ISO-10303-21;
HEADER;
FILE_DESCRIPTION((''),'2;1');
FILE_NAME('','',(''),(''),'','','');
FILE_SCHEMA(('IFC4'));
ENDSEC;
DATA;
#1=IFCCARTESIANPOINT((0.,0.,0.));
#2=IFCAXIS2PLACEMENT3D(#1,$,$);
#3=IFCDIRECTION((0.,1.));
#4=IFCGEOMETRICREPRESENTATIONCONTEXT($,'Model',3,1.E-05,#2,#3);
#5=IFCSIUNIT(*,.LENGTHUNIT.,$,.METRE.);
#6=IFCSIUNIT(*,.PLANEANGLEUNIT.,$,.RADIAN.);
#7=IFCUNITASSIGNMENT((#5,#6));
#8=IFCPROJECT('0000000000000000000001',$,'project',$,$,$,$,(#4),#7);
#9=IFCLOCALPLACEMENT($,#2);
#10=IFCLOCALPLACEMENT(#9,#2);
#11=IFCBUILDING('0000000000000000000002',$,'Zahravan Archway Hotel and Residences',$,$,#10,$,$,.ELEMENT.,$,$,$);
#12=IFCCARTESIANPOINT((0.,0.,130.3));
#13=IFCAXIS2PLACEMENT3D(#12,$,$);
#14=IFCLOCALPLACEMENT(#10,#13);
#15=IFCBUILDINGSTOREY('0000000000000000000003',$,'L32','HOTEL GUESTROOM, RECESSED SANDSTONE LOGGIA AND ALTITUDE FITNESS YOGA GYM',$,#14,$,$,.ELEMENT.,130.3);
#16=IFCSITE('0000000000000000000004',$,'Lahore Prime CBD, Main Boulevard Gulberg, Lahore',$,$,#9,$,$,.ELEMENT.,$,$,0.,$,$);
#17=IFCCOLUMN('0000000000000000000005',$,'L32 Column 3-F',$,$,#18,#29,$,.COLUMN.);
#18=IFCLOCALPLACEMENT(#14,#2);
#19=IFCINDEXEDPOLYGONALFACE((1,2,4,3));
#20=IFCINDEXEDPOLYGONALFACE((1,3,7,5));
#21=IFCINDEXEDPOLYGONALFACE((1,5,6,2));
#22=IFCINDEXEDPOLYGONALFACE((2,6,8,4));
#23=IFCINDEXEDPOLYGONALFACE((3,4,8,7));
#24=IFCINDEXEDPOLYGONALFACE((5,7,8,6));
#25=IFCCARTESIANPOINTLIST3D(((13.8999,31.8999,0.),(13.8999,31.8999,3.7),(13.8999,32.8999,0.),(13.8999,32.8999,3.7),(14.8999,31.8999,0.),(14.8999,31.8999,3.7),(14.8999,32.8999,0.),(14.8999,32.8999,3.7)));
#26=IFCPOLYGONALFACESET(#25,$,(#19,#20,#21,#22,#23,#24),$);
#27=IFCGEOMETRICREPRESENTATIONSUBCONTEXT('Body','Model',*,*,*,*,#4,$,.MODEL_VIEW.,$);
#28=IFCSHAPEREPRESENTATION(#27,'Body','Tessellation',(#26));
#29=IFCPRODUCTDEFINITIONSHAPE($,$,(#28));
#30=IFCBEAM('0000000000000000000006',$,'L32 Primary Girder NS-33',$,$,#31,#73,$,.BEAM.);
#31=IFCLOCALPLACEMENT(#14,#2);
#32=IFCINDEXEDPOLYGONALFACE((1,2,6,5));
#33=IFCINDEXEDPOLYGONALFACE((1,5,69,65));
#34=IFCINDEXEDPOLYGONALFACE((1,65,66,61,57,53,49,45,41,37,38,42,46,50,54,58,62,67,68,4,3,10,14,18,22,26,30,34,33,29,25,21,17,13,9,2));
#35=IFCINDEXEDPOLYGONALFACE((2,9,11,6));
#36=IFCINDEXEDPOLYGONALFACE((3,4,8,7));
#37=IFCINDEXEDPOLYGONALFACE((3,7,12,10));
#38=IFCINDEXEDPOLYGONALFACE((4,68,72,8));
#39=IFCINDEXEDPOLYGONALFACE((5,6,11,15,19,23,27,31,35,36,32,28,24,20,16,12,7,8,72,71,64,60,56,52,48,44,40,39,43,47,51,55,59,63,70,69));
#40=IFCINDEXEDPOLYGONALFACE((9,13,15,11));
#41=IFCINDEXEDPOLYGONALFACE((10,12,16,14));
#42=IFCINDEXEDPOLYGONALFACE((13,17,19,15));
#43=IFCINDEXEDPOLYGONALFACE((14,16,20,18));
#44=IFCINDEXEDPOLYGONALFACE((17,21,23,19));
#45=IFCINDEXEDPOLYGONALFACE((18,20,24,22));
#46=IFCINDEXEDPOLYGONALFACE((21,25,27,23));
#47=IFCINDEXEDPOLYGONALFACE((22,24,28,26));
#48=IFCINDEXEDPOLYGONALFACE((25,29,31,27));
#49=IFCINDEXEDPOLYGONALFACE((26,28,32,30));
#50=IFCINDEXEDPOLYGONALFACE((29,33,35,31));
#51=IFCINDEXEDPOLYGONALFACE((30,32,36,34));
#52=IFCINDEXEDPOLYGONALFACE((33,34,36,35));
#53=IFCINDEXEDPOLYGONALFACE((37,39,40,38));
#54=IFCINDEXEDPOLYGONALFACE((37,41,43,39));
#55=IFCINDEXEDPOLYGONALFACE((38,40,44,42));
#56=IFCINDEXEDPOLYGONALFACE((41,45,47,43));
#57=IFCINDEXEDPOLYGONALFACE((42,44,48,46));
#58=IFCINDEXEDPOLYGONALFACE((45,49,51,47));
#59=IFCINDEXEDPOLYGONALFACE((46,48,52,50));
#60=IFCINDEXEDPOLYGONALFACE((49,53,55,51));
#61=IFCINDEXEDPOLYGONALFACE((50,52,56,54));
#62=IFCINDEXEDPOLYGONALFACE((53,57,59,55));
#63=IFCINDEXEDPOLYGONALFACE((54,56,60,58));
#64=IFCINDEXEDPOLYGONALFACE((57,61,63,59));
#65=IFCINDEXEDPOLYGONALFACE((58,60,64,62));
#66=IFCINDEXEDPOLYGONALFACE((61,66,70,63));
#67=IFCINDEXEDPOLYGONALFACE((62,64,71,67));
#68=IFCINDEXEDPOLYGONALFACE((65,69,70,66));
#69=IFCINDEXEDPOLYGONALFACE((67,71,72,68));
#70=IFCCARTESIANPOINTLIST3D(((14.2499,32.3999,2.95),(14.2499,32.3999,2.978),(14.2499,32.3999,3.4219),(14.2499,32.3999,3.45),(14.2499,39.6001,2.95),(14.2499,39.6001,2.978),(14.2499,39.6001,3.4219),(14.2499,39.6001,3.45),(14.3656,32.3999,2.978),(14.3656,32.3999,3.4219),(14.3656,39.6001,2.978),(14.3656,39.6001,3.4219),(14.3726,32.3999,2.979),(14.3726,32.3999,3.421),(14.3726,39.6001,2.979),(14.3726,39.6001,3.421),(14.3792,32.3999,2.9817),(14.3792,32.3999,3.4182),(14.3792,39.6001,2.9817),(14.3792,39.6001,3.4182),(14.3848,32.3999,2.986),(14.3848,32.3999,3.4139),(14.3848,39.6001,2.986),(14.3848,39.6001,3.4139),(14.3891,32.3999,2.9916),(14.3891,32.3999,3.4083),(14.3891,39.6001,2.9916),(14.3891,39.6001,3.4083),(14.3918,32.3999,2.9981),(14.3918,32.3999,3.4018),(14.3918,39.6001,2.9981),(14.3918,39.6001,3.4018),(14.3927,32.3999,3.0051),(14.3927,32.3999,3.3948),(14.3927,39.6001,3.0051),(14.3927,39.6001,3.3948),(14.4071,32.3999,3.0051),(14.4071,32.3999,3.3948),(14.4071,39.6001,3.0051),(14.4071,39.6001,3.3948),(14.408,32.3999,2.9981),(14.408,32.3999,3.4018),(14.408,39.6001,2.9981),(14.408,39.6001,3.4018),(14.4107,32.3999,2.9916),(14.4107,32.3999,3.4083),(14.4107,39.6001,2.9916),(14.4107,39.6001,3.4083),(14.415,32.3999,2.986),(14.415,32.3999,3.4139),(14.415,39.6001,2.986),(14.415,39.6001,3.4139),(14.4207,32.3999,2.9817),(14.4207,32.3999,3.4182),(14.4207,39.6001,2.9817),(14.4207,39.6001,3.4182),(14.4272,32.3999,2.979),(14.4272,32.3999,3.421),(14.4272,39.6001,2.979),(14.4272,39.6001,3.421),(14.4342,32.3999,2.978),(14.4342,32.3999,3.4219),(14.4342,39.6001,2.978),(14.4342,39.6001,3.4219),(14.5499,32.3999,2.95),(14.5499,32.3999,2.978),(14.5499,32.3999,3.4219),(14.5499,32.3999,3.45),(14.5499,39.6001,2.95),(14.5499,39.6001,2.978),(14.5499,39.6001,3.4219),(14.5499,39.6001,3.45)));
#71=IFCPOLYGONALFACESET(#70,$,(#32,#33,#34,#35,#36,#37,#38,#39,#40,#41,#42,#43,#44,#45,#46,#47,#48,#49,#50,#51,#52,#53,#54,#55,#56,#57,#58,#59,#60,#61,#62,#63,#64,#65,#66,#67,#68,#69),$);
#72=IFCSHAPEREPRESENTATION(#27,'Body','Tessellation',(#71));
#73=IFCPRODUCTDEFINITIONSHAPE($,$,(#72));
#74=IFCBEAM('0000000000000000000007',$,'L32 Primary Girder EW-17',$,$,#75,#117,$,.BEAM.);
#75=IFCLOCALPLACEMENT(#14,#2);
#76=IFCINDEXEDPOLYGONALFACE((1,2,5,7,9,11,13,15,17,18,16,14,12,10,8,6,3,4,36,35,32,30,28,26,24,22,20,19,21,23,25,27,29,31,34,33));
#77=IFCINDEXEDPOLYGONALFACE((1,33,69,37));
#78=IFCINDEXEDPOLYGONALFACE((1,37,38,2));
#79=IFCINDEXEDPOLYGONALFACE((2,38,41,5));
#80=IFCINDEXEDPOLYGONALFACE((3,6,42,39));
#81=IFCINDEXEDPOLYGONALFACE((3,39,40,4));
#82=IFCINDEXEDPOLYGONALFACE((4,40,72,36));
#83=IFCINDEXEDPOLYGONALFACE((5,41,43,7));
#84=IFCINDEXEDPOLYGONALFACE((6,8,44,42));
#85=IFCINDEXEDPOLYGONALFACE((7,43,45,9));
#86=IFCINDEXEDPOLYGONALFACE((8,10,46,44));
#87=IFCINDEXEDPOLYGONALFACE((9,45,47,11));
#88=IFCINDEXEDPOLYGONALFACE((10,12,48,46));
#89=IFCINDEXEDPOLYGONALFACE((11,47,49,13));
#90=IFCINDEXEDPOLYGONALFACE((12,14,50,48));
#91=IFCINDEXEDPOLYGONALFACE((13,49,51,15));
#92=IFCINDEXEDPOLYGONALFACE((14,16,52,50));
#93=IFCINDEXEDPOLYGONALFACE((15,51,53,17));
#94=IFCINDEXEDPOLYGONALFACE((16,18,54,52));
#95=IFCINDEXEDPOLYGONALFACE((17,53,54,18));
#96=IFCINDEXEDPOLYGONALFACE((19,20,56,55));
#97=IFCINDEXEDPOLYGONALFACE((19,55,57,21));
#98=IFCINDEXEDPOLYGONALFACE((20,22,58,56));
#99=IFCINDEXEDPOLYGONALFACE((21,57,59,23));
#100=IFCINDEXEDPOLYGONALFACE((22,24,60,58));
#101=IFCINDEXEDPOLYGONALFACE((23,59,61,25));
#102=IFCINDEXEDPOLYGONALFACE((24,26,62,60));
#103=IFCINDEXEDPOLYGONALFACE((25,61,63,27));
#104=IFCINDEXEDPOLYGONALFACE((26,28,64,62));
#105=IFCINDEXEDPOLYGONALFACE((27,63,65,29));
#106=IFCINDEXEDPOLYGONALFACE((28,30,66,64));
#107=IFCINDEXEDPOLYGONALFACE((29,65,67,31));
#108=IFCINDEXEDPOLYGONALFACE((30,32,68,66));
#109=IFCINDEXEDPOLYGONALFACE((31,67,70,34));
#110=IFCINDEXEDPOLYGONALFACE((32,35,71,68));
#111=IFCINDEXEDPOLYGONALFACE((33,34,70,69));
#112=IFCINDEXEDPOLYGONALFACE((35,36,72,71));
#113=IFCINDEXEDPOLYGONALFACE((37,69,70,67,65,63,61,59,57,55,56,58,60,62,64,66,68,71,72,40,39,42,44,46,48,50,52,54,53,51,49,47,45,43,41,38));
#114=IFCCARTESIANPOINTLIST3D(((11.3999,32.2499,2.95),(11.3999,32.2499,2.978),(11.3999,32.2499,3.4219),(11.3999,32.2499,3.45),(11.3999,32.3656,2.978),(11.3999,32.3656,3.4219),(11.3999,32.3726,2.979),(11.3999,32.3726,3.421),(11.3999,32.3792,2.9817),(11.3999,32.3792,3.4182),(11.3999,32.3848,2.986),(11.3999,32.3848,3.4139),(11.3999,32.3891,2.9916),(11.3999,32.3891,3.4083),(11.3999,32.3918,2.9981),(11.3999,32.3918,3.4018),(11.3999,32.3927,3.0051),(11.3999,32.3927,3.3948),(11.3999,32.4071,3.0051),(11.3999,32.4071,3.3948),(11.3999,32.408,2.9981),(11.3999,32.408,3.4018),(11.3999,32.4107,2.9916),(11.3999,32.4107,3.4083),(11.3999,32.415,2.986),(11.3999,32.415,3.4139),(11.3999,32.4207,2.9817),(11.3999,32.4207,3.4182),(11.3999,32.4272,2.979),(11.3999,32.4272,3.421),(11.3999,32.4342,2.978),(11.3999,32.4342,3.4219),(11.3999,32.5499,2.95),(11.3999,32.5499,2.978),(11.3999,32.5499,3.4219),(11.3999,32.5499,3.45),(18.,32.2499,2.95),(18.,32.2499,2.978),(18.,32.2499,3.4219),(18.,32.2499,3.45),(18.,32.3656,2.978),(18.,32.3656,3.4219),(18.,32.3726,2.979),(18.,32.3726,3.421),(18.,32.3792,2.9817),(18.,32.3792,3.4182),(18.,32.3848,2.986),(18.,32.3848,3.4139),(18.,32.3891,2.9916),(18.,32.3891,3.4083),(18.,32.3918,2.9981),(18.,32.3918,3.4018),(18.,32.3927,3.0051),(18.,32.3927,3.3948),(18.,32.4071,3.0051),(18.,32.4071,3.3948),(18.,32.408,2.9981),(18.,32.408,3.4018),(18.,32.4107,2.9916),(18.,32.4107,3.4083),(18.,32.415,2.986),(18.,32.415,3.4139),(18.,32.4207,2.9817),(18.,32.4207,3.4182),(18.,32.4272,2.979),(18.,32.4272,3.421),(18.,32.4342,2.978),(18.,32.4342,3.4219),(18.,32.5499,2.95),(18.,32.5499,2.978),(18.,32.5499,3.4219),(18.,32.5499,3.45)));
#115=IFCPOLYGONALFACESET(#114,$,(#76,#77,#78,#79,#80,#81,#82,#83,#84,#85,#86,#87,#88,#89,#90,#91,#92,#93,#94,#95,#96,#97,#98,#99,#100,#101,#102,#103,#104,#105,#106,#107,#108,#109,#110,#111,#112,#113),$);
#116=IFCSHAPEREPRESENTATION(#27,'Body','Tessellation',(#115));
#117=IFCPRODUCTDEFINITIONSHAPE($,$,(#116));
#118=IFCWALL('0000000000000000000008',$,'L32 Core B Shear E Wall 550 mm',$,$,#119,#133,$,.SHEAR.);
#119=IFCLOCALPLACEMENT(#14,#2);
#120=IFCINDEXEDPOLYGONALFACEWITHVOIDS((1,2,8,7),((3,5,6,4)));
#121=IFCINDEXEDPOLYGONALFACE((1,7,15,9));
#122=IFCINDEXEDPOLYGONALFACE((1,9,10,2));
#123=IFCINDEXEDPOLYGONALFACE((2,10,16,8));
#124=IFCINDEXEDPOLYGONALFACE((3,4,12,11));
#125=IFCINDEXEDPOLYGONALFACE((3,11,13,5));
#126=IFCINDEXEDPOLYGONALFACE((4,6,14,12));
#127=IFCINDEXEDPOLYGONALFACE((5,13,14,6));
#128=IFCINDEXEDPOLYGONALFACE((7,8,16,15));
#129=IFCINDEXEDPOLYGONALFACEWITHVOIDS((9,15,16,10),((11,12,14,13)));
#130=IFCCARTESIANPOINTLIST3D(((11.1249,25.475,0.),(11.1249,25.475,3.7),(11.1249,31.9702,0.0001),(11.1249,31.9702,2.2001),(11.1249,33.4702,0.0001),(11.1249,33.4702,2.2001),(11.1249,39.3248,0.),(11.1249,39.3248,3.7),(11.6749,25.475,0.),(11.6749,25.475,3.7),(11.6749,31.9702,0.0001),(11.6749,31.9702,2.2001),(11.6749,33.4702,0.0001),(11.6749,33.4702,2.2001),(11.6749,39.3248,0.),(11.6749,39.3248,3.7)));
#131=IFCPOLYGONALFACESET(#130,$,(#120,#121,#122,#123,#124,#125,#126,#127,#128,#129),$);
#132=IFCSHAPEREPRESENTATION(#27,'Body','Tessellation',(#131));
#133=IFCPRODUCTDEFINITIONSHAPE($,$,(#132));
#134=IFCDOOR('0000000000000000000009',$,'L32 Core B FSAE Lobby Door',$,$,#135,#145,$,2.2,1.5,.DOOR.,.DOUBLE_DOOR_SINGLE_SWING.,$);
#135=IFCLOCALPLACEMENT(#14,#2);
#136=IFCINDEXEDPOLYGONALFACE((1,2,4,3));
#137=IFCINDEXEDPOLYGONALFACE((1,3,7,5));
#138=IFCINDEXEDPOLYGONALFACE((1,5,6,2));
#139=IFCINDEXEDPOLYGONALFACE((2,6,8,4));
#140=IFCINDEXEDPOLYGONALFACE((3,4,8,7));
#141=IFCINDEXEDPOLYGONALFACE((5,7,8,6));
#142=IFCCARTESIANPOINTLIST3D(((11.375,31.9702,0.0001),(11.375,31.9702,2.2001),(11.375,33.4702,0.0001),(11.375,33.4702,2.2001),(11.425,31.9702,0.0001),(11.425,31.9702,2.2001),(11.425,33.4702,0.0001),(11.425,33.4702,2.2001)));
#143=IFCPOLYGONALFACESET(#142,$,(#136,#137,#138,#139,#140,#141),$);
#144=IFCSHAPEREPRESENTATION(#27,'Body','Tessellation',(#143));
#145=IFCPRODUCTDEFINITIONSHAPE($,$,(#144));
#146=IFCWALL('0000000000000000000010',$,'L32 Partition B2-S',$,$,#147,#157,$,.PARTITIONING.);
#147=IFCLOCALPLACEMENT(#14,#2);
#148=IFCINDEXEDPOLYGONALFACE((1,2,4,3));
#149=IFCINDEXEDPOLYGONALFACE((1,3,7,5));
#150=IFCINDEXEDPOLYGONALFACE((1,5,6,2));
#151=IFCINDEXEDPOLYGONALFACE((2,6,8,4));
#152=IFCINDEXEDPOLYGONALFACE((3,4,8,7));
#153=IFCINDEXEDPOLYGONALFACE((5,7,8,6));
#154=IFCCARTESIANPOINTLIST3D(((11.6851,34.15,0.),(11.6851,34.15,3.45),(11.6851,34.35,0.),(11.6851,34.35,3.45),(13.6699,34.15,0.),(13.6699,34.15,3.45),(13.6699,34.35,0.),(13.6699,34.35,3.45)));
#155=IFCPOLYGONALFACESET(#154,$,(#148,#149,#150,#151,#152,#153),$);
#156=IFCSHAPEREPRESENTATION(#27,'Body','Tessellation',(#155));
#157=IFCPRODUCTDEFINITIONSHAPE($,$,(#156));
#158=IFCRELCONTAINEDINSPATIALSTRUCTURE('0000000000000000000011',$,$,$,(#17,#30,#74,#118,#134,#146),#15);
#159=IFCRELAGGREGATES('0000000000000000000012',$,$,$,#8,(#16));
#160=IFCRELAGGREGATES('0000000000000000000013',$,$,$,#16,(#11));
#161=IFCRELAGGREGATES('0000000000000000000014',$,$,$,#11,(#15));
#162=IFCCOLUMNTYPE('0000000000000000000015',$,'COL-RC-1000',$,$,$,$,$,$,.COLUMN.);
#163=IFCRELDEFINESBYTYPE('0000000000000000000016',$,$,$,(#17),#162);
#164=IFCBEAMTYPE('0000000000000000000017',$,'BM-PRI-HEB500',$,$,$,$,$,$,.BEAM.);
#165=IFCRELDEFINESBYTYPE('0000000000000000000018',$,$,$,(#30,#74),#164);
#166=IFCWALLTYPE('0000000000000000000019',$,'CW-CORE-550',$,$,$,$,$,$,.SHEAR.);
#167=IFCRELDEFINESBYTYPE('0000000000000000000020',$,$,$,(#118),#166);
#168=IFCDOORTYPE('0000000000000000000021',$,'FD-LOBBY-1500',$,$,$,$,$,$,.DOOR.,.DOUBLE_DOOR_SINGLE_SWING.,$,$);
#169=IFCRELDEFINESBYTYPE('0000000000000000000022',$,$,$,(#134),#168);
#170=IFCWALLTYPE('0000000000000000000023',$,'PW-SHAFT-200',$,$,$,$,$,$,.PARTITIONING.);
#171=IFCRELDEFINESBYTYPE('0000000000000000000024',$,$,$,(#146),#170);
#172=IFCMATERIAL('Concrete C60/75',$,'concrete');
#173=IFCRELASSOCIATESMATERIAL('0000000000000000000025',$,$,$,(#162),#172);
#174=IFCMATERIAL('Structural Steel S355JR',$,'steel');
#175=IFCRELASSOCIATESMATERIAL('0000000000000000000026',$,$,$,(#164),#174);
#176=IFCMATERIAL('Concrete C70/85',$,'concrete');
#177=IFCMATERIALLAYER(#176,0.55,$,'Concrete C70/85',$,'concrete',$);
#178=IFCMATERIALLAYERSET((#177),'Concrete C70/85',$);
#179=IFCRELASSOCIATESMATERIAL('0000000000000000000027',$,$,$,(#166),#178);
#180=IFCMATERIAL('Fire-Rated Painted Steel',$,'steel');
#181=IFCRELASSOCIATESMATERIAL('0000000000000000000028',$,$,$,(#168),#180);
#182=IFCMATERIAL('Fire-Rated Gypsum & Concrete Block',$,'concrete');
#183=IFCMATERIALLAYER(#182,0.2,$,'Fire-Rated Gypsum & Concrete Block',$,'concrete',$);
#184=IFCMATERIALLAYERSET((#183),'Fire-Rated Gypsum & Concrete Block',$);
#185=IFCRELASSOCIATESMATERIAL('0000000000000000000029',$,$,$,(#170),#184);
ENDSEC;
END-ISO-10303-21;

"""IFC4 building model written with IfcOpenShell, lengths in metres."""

from ifc_helpers import new_model, si_unit, direction, frame, frame_2d, origin, origin_2d, place, context, subcontext, project, spatial, rectangle, i_section, extrude, source, transform, mapped, material, layer, layer_set, material_profile, profile_set, type_object, type_shapes, element, fill, save


model = new_model("IFC4")

# Units and contexts
model_context = context("Model", 3, precision=1e-05, world=origin(), true_north=direction((0.0, 1.0)))
body_context = subcontext(model_context, "Body", "Model", "MODEL_VIEW")
ifc_project = project(units=[si_unit("LENGTHUNIT", "METRE"), si_unit("PLANEANGLEUNIT", "RADIAN")], contexts=[model_context])

# Site, building, storey
site_placement = place(None, origin())
site = spatial("IfcSite", under=ifc_project, at=site_placement, Name="Lahore Prime CBD, Main Boulevard Gulberg, Lahore", CompositionType="ELEMENT", RefElevation=0.0)
building_placement = place(site_placement, origin())
building = spatial("IfcBuilding", under=site, at=building_placement, Name="Zahravan Archway Hotel and Residences", CompositionType="ELEMENT")
storey_placement = place(building_placement, frame((0.0, 0.0, 130.3)))
storey = spatial("IfcBuildingStorey", under=building, at=storey_placement, Name="L32", Description="HOTEL GUESTROOM, RECESSED SANDSTONE LOGGIA AND ALTITUDE FITNESS YOGA GYM", CompositionType="ELEMENT", Elevation=130.3)

# Column
ifc_material_1 = material(Name="Concrete C60/75", Category="concrete")
ifc_material_profile_1 = material_profile(ifc_material_1, rectangle(XDim=1.0, YDim=1.0, at=origin_2d()), Name="RC-COL-1000x1000", Category="concrete")
ifc_profile_set_1 = profile_set([ifc_material_profile_1], Name="Concrete C60/75")
column_type = type_object("IfcColumnType", Name="COL-RC-1000", PredefinedType="COLUMN", material=ifc_profile_set_1)
shared_shape_1 = source(origin(), body_context, "Body", "SweptSolid", [
    extrude(rectangle(XDim=1.0, YDim=1.0, at=origin_2d()), origin(), (0.0, 0.0, 1.0), 3.7),
])
type_shapes(column_type, [shared_shape_1])
column_placement = place(storey_placement, frame((14.3999, 32.3999, 0.0), z_axis=(0.0, 0.0, 1.0), x_axis=(1.0, 0.0, 0.0)))
element("IfcColumn", 1, at=column_placement, inside=storey, type_object=column_type, Name="L32 Column 3-F", PredefinedType="COLUMN", context=body_context, shape_type="MappedRepresentation", body=[
    mapped(shared_shape_1, transform((0.0, 0.0, 0.0), scale=1.0)),
])

# Beams
ifc_material_2 = material(Name="Structural Steel S355JR", Category="steel")
ifc_material_profile_2 = material_profile(ifc_material_2, i_section(OverallWidth=0.3, OverallDepth=0.5, WebThickness=0.0144, FlangeThickness=0.0281, FilletRadius=0.0271, at=origin_2d()), Name="HEB 500", Category="steel")
ifc_profile_set_2 = profile_set([ifc_material_profile_2], Name="Structural Steel S355JR")
beam_type = type_object("IfcBeamType", Name="BM-PRI-HEB500", PredefinedType="BEAM", material=ifc_profile_set_2)
shared_shape_2 = source(origin(), body_context, "Body", "SweptSolid", [
    extrude(i_section(OverallWidth=0.3, OverallDepth=0.5, WebThickness=0.0144, FlangeThickness=0.0281, FilletRadius=0.0271, at=origin_2d()), origin(), (0.0, 0.0, 1.0), 7.2002),
])
type_shapes(beam_type, [shared_shape_2])
beam_1_placement = place(storey_placement, frame((14.3999, 32.3999, 3.2), z_axis=(0.0, 1.0, 0.0), x_axis=(-1.0, 0.0, 0.0)))
element("IfcBeam", 2, at=beam_1_placement, inside=storey, type_object=beam_type, Name="L32 Primary Girder NS-33", PredefinedType="BEAM", context=body_context, shape_type="MappedRepresentation", body=[
    mapped(shared_shape_2, transform((0.0, 0.0, 0.0), scale=1.0)),
])
shared_shape_3 = source(origin(), body_context, "Body", "SweptSolid", [
    extrude(i_section(OverallWidth=0.3, OverallDepth=0.5, WebThickness=0.0144, FlangeThickness=0.0281, FilletRadius=0.0271, at=origin_2d()), origin(), (0.0, 0.0, 1.0), 6.6001),
])
beam_2_placement = place(storey_placement, frame((11.3999, 32.3999, 3.2), z_axis=(1.0, 0.0, 0.0), x_axis=(0.0, 1.0, 0.0)))
element("IfcBeam", 3, at=beam_2_placement, inside=storey, type_object=beam_type, Name="L32 Primary Girder EW-17", PredefinedType="BEAM", context=body_context, shape_type="MappedRepresentation", body=[
    mapped(shared_shape_3, transform((0.0, 0.0, 0.0), scale=1.0)),
])

# Wall, opening, door
ifc_material_3 = material(Name="Concrete C70/85", Category="concrete")
ifc_layer_1 = layer(ifc_material_3, 0.55, Name="Concrete C70/85", Category="concrete")
ifc_layer_set_1 = layer_set([ifc_layer_1], Name="Concrete C70/85")
wall_type_1 = type_object("IfcWallType", Name="CW-CORE-550", PredefinedType="SHEAR", material=ifc_layer_set_1)
wall_1_placement = place(storey_placement, frame((11.3999, 25.4751, 0.0), z_axis=(0.0, 0.0, 1.0), x_axis=(0.0, 1.0, 0.0)))
wall_1 = element("IfcWall", 4, at=wall_1_placement, inside=storey, type_object=wall_type_1, Name="L32 Core B Shear E Wall 550 mm", PredefinedType="SHEAR", context=body_context, shape_type="SweptSolid", body=[
    extrude(rectangle(XDim=13.8499, YDim=0.55, at=frame_2d((6.9248, 0.0))), origin(), (0.0, 0.0, 1.0), 3.7),
])
opening_1_placement = place(wall_1_placement, frame((6.4951, 0.0, 0.0)))
opening_1 = element("IfcOpeningElement", 5, at=opening_1_placement, cuts=wall_1, PredefinedType="OPENING", context=body_context, shape_type="SweptSolid", body=[
    extrude(rectangle(XDim=1.5, YDim=2.2, at=frame_2d((0.75, 1.1001))), frame((0.0, 0.2852, 0.0), z_axis=(0.0, -1.0, 0.0), x_axis=(1.0, 0.0, 0.0)), (0.0, 0.0, 1.0), 0.5701),
])
ifc_material_4 = material(Name="Fire-Rated Painted Steel", Category="steel")
door_type_1 = type_object("IfcDoorType", Name="FD-LOBBY-1500", OperationType="DOUBLE_DOOR_SINGLE_SWING", PredefinedType="DOOR", material=ifc_material_4)
shared_shape_4 = source(origin(), body_context, "Body", "SweptSolid", [
    extrude(rectangle(XDim=1.5, YDim=2.2, at=frame_2d((0.75, 1.1001))), frame((0.0, 0.0249, 0.0), z_axis=(0.0, -1.0, 0.0), x_axis=(1.0, 0.0, 0.0)), (0.0, 0.0, 1.0), 0.05),
])
type_shapes(door_type_1, [shared_shape_4])
door_1_placement = place(opening_1_placement, origin())
door_1 = element("IfcDoor", 6, at=door_1_placement, inside=storey, type_object=door_type_1, Name="L32 Core B FSAE Lobby Door", OperationType="DOUBLE_DOOR_SINGLE_SWING", OverallHeight=2.2, OverallWidth=1.5, PredefinedType="DOOR", context=body_context, shape_type="MappedRepresentation", body=[
    mapped(shared_shape_4, transform((0.0, 0.0, 0.0), scale=1.0)),
])
fill(opening_1, door_1)

# Wall
ifc_material_5 = material(Name="Fire-Rated Gypsum & Concrete Block", Category="concrete")
ifc_layer_2 = layer(ifc_material_5, 0.2, Name="Fire-Rated Gypsum & Concrete Block", Category="concrete")
ifc_layer_set_2 = layer_set([ifc_layer_2], Name="Fire-Rated Gypsum & Concrete Block")
wall_type_2 = type_object("IfcWallType", Name="PW-SHAFT-200", PredefinedType="PARTITIONING", material=ifc_layer_set_2)
wall_2_placement = place(storey_placement, frame((11.6851, 34.25, 0.0), z_axis=(0.0, 0.0, 1.0), x_axis=(1.0, 0.0, 0.0)))
element("IfcWall", 7, at=wall_2_placement, inside=storey, type_object=wall_type_2, Name="L32 Partition B2-S", PredefinedType="PARTITIONING", context=body_context, shape_type="SweptSolid", body=[
    extrude(rectangle(XDim=1.9849, YDim=0.2, at=frame_2d((0.9924, 0.0))), origin(), (0.0, 0.0, 1.0), 3.45),
])

save(model, "model.ifc")
